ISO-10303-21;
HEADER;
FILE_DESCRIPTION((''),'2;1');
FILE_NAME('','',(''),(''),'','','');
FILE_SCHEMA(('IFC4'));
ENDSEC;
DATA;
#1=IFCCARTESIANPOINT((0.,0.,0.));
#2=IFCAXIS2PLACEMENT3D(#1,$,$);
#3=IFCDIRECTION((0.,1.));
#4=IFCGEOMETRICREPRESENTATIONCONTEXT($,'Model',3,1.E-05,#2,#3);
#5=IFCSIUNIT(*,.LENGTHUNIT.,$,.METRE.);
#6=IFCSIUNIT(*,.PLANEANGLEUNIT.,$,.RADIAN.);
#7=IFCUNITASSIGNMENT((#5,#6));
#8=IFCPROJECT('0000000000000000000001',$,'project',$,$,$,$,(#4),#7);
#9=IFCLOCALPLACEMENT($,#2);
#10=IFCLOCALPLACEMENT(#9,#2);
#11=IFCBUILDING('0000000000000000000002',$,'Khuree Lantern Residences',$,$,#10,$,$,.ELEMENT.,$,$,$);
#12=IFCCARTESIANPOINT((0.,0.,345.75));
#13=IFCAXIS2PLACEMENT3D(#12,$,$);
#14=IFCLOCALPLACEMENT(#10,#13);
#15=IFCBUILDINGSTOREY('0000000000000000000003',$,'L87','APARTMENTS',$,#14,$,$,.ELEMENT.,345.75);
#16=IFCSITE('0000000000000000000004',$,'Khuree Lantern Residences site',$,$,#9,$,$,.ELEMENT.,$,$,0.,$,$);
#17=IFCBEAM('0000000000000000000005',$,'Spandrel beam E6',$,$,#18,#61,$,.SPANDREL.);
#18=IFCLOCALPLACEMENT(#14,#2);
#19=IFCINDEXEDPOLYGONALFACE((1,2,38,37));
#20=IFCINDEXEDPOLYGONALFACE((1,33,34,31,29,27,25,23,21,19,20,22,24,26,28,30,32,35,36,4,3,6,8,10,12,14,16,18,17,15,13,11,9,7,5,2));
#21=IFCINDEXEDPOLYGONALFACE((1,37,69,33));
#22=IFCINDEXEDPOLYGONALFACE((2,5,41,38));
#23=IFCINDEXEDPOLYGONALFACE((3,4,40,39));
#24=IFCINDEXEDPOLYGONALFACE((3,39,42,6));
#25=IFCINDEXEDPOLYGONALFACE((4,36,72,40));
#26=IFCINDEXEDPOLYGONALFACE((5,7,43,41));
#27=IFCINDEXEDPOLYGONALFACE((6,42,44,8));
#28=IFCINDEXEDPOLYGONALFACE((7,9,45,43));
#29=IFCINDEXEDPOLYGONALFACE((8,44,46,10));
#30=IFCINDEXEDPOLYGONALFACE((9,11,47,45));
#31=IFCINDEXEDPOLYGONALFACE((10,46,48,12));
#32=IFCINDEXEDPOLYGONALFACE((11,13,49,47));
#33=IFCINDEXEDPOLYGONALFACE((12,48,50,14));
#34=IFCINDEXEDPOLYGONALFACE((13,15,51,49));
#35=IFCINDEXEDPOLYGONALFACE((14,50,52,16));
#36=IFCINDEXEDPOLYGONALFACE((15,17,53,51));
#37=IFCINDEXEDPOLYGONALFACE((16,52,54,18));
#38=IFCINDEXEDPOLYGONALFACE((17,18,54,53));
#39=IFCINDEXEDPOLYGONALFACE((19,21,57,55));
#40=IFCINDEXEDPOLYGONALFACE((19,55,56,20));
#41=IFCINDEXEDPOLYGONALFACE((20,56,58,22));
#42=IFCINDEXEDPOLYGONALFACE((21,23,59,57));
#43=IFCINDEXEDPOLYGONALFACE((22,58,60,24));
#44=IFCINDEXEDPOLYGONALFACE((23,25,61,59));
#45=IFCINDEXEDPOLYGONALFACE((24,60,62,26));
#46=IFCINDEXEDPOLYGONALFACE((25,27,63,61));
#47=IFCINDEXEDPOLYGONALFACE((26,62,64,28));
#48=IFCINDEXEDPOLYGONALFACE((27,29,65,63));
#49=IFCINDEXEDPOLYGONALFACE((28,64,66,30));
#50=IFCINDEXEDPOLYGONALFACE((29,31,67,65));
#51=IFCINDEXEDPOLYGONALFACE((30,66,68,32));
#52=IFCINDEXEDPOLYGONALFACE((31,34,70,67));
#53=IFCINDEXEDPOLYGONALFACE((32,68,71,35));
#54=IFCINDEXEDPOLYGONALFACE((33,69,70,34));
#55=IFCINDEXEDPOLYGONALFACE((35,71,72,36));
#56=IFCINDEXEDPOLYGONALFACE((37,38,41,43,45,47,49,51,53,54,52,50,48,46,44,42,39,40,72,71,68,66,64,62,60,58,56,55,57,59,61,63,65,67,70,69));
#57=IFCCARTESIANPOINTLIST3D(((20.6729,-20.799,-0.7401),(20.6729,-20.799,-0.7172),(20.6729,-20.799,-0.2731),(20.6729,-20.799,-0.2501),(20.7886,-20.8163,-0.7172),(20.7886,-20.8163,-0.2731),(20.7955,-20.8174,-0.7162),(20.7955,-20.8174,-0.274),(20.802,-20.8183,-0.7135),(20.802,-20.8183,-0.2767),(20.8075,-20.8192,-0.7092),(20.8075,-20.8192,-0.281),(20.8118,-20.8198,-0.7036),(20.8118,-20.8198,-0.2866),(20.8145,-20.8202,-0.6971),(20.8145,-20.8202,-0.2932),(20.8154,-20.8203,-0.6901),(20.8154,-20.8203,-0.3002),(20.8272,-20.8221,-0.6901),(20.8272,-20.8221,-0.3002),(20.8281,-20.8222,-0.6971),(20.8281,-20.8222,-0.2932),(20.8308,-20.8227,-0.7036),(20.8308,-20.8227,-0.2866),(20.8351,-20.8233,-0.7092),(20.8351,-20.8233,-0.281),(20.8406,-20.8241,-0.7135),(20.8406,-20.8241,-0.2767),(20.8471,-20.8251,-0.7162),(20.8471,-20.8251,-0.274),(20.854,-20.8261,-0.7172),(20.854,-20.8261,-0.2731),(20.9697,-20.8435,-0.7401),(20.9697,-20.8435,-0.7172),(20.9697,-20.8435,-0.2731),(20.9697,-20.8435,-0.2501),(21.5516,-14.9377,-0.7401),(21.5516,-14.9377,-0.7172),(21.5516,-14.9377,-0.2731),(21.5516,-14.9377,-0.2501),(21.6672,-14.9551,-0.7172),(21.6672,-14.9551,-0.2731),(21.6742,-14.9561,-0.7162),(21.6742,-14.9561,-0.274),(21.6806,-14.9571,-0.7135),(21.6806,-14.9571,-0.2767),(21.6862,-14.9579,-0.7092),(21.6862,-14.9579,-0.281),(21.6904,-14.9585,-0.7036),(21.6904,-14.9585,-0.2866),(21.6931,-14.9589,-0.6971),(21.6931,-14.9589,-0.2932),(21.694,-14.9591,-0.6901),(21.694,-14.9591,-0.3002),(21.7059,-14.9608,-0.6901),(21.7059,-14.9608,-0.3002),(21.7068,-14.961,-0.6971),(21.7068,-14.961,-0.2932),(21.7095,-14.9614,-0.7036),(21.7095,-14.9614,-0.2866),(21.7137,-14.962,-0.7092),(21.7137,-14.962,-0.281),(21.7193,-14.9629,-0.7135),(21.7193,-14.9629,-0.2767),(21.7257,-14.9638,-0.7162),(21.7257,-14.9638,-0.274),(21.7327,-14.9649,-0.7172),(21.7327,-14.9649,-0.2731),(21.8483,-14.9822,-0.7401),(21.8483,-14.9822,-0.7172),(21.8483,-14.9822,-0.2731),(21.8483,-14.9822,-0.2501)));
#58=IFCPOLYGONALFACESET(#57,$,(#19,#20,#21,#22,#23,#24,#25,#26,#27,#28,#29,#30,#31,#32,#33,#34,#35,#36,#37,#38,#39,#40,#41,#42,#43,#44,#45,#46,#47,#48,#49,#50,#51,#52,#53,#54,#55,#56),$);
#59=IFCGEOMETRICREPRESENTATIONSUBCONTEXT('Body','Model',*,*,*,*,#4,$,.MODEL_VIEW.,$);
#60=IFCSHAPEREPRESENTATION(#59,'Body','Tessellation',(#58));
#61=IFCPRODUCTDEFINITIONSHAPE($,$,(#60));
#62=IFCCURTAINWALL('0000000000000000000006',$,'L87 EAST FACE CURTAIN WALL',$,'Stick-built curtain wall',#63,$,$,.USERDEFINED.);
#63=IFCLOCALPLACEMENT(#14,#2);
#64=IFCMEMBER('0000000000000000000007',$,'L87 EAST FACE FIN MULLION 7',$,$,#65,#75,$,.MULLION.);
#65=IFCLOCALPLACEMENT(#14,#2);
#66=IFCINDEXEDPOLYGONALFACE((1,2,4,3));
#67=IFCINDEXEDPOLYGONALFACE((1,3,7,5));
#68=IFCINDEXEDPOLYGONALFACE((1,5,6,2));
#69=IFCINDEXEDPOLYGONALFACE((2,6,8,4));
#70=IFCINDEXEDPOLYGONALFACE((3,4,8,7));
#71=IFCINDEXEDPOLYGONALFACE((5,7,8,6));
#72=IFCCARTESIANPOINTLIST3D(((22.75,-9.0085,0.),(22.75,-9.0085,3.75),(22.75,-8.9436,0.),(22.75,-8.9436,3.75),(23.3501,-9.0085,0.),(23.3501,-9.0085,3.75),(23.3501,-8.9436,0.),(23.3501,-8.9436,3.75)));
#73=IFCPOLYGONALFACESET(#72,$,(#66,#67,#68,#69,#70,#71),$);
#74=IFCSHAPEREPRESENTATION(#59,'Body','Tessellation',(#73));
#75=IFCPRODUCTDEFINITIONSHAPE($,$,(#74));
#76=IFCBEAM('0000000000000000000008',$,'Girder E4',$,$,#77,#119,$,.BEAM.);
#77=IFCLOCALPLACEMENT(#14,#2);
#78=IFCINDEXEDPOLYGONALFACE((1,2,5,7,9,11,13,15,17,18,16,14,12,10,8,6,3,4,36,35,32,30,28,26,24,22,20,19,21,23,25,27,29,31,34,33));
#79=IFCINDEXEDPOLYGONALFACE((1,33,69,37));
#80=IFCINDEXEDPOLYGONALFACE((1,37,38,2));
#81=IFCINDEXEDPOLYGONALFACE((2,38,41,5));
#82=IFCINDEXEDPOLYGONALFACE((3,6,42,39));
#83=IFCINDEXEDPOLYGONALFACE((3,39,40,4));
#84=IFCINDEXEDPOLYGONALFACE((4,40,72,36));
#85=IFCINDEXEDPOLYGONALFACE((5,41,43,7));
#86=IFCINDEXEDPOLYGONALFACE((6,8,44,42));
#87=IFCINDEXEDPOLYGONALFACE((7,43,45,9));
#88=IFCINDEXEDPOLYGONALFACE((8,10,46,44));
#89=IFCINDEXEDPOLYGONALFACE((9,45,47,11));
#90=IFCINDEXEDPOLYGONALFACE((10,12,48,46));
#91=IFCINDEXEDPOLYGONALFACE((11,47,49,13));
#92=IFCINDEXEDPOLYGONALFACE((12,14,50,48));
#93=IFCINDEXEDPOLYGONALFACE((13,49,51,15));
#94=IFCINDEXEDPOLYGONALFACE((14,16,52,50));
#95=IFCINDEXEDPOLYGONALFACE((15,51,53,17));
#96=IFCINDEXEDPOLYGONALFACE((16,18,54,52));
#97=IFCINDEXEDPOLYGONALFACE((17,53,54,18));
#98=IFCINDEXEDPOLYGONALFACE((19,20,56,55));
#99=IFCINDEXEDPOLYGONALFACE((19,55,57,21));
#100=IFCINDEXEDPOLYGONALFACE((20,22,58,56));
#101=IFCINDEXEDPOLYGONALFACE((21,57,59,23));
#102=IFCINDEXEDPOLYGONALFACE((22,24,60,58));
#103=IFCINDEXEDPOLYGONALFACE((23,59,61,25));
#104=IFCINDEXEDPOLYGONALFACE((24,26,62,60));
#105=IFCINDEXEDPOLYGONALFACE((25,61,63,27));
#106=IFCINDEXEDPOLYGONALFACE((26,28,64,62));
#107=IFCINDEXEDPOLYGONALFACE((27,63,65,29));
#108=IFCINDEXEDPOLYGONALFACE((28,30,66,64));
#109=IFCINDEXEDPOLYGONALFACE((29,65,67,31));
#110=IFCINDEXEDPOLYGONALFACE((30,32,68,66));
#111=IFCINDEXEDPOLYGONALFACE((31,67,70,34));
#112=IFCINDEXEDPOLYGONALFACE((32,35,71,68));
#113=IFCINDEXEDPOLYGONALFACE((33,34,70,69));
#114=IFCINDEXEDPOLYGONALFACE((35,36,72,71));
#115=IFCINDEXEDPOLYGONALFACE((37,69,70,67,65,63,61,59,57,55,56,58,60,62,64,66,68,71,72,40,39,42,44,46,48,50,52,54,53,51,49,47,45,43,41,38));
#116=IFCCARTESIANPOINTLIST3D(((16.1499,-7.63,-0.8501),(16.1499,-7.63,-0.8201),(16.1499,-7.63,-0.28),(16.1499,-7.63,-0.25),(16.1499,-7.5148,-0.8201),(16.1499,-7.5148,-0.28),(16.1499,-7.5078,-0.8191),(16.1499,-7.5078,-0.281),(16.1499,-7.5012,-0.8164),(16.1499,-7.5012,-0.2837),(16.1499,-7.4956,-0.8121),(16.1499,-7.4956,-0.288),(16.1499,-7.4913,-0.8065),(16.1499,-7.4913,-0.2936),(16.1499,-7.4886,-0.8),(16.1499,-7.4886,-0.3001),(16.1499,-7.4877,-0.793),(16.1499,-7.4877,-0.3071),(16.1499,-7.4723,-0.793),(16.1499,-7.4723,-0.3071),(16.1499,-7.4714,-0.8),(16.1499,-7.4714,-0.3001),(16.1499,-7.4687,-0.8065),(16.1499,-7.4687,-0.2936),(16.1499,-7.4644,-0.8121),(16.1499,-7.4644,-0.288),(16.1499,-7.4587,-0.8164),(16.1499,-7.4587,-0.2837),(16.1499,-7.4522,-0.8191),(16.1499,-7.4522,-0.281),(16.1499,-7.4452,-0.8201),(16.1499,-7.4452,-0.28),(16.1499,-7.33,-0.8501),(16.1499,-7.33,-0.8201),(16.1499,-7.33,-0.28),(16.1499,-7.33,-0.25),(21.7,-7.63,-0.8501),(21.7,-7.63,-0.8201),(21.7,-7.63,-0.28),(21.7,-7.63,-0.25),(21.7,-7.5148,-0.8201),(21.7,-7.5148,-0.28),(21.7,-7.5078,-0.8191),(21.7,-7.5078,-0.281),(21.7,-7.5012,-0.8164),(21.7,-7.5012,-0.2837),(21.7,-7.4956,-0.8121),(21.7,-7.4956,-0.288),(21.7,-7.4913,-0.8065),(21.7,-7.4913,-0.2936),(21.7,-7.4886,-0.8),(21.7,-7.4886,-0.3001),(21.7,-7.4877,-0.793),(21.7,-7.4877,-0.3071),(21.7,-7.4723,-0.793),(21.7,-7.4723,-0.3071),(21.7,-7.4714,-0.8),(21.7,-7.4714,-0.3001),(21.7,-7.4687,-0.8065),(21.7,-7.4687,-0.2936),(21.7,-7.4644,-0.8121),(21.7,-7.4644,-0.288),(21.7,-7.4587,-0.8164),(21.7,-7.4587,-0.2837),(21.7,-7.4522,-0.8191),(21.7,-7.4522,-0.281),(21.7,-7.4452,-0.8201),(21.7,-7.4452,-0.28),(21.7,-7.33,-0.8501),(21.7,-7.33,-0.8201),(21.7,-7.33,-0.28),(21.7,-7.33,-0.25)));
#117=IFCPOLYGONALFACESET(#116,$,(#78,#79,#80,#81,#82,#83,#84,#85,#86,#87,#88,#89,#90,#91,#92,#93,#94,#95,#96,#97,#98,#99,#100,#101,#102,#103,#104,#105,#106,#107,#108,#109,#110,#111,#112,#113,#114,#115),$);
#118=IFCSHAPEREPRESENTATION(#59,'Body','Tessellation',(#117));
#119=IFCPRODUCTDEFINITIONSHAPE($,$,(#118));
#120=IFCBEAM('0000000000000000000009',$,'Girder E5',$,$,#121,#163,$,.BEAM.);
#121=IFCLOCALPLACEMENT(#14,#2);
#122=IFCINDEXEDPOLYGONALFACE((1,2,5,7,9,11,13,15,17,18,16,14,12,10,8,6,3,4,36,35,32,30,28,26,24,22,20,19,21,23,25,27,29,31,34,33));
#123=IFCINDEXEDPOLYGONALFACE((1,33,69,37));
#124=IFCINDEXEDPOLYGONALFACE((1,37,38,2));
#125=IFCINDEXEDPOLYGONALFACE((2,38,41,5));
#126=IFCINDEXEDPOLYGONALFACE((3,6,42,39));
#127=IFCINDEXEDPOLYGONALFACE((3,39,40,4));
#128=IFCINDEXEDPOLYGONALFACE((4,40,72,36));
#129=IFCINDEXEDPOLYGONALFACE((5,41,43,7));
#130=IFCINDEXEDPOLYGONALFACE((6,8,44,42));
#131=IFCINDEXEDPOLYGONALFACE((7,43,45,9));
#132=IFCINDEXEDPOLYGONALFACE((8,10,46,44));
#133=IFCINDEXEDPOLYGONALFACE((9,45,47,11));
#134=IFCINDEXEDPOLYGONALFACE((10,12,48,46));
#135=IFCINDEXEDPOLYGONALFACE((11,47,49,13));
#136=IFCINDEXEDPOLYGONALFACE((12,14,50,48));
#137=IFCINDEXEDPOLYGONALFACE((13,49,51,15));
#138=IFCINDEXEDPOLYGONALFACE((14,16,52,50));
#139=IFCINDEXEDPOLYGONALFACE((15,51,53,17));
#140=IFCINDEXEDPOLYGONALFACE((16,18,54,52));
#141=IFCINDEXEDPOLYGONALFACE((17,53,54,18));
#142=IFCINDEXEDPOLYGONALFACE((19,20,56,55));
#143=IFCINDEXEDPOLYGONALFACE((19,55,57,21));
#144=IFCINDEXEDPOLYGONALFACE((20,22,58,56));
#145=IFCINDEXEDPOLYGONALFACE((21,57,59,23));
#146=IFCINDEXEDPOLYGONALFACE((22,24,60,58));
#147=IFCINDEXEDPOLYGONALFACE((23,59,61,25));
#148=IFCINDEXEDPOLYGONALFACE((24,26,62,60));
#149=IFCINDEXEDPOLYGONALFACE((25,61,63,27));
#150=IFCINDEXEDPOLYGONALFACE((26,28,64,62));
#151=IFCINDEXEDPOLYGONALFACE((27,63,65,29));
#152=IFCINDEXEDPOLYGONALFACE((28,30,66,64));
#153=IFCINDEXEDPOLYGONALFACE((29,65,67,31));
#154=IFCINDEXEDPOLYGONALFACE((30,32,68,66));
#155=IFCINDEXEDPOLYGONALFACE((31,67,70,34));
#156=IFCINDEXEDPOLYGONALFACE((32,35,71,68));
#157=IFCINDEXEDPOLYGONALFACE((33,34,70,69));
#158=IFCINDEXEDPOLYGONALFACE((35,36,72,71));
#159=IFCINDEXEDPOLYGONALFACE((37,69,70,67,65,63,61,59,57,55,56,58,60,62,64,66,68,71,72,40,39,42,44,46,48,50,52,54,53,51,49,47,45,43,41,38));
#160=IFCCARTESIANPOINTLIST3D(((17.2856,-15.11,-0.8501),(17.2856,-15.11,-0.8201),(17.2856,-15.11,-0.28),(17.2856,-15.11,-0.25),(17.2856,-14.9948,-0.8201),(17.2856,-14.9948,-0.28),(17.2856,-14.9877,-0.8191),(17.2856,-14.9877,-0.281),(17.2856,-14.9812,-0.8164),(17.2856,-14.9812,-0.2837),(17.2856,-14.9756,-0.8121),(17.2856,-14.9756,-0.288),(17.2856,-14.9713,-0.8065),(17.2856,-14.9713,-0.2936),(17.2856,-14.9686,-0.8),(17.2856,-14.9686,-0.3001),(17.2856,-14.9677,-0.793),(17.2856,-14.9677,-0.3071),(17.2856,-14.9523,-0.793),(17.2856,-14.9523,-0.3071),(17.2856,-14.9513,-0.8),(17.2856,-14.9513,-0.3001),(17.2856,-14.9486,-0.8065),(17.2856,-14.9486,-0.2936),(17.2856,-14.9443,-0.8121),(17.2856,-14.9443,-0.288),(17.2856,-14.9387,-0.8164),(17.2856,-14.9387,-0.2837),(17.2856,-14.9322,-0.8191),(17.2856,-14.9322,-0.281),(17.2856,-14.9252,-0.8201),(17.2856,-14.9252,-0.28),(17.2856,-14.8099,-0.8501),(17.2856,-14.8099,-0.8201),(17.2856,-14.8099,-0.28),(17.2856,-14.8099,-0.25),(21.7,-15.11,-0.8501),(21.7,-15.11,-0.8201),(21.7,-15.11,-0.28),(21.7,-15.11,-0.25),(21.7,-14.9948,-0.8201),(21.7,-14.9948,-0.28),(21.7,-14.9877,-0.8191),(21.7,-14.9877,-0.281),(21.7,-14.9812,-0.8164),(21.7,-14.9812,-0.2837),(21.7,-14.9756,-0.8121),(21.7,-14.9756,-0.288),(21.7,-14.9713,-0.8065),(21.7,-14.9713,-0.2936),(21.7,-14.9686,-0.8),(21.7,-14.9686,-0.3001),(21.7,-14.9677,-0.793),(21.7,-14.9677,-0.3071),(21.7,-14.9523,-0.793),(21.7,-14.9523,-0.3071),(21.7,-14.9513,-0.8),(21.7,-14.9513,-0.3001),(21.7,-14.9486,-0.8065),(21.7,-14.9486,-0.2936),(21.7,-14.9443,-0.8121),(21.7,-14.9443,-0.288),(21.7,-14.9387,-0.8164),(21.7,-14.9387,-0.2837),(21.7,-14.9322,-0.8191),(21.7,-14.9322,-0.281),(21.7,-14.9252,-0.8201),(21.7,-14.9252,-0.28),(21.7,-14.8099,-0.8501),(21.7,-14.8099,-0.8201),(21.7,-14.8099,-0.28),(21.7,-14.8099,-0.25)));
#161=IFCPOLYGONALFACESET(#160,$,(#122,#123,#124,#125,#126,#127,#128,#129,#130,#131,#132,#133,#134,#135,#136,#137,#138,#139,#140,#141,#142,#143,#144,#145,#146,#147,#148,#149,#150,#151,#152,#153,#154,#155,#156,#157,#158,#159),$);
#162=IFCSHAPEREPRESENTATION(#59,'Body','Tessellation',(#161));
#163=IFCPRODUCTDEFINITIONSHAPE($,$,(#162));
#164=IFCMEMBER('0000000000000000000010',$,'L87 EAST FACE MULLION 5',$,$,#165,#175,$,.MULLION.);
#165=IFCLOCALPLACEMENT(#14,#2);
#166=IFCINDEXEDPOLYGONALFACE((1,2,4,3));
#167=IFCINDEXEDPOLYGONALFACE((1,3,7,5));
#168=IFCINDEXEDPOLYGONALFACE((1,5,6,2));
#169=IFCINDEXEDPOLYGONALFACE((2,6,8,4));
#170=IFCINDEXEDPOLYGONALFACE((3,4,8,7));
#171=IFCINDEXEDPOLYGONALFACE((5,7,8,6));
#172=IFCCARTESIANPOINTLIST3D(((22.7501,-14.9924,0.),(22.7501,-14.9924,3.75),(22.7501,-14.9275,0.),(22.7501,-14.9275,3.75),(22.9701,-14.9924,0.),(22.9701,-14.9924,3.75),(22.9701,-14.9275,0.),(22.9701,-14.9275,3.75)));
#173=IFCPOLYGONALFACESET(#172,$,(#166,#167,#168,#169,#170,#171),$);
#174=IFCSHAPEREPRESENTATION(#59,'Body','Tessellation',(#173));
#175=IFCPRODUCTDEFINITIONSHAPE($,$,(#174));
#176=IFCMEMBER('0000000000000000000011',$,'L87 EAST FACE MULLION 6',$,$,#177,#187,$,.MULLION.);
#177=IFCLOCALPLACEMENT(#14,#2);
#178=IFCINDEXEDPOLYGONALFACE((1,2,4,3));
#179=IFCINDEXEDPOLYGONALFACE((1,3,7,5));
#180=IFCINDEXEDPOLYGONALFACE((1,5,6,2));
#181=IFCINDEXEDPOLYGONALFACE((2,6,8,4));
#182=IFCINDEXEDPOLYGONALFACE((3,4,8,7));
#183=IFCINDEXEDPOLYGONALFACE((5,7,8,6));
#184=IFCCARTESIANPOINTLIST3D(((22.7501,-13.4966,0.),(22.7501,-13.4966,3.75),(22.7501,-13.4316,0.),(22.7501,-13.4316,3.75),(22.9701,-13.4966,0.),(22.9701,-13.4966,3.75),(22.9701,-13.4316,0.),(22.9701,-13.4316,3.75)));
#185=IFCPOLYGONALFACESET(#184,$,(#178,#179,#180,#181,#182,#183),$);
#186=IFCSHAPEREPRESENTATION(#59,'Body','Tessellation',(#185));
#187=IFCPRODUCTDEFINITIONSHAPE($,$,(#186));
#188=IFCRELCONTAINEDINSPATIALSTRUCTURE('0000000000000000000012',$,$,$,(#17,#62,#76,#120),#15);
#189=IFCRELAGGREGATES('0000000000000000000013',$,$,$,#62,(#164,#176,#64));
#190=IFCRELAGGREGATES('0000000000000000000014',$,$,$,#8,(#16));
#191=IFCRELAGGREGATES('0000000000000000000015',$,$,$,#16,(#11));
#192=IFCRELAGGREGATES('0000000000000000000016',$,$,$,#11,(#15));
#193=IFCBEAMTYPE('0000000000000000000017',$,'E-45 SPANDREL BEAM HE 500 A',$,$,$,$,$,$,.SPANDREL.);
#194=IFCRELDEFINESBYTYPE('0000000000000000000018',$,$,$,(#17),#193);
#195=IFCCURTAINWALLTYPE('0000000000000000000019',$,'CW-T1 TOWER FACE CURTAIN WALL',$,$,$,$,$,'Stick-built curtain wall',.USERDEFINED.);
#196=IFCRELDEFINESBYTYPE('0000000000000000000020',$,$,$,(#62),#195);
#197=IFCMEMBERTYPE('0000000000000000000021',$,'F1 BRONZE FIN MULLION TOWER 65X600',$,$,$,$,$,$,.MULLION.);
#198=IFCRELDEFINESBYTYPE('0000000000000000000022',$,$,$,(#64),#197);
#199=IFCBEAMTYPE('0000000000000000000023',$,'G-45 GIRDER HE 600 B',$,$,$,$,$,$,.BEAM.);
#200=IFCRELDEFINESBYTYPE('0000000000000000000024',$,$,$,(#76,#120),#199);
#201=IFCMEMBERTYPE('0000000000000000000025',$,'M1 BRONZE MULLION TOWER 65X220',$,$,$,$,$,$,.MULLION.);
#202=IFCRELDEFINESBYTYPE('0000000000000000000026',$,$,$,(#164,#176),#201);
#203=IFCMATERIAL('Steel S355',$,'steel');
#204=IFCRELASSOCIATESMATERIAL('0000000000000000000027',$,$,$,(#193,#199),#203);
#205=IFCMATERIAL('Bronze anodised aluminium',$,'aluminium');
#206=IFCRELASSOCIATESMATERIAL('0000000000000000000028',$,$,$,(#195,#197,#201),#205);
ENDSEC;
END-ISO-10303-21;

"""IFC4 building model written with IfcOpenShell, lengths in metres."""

from ifc_helpers import new_model, si_unit, direction, frame, origin, origin_2d, place, context, subcontext, project, spatial, rectangle, i_section, extrude, material, material_profile, profile_set, type_object, element, aggregate, save


model = new_model("IFC4")

# Units and contexts
model_context = context("Model", 3, precision=1e-05, world=origin(), true_north=direction((0.0, 1.0)))
body_context = subcontext(model_context, "Body", "Model", "MODEL_VIEW")
ifc_project = project(units=[si_unit("LENGTHUNIT", "METRE"), si_unit("PLANEANGLEUNIT", "RADIAN")], contexts=[model_context])

# Site, building, storey
site_placement = place(None, origin())
site = spatial("IfcSite", under=ifc_project, at=site_placement, Name="Khuree Lantern Residences site", CompositionType="ELEMENT", RefElevation=0.0)
building_placement = place(site_placement, origin())
building = spatial("IfcBuilding", under=site, at=building_placement, Name="Khuree Lantern Residences", CompositionType="ELEMENT")
storey_placement = place(building_placement, frame((0.0, 0.0, 345.75)))
storey = spatial("IfcBuildingStorey", under=building, at=storey_placement, Name="L87", Description="APARTMENTS", CompositionType="ELEMENT", Elevation=345.75)

# Beam
ifc_material_1 = material(Name="Steel S355", Category="steel")
ifc_material_profile_1 = material_profile(ifc_material_1, i_section(OverallWidth=0.3, OverallDepth=0.49, WebThickness=0.012, FlangeThickness=0.0229, FilletRadius=0.0271, at=origin_2d()), Name="HE 500 A")
ifc_profile_set_1 = profile_set([ifc_material_profile_1], Name="Steel S355")
beam_type_1 = type_object("IfcBeamType", Name="E-45 SPANDREL BEAM HE 500 A", PredefinedType="SPANDREL", material=ifc_profile_set_1)
beam_1_placement = place(storey_placement, frame((21.7, -14.96, -0.4951), z_axis=(-0.148252, -0.98895, 0.0), x_axis=(0.98895, -0.148252, 0.0)))
element("IfcBeam", 1, at=beam_1_placement, inside=storey, type_object=beam_type_1, Name="Spandrel beam E6", PredefinedType="SPANDREL", context=body_context, shape_type="SweptSolid", body=[
    extrude(i_section(OverallWidth=0.3, OverallDepth=0.49, WebThickness=0.012, FlangeThickness=0.0229, FilletRadius=0.0271, at=origin_2d()), origin(), (0.0, 0.0, 1.0), 5.9268),
])

# Curtain wall, member
ifc_material_2 = material(Name="Bronze anodised aluminium", Category="aluminium")
curtain_wall_type = type_object("IfcCurtainWallType", Name="CW-T1 TOWER FACE CURTAIN WALL", ElementType="Stick-built curtain wall", PredefinedType="USERDEFINED", material=ifc_material_2)
curtain_wall_placement = place(storey_placement, origin())
curtain_wall = element("IfcCurtainWall", 2, at=curtain_wall_placement, inside=storey, type_object=curtain_wall_type, Name="L87 EAST FACE CURTAIN WALL", ObjectType="Stick-built curtain wall", PredefinedType="USERDEFINED")
ifc_material_profile_2 = material_profile(ifc_material_2, rectangle(XDim=0.0649, YDim=0.6001, at=origin_2d()), Name="F1 65X600")
ifc_profile_set_2 = profile_set([ifc_material_profile_2], Name="Bronze anodised aluminium")
member_type_1 = type_object("IfcMemberType", Name="F1 BRONZE FIN MULLION TOWER 65X600", PredefinedType="MULLION", material=ifc_profile_set_2)
member_1_placement = place(storey_placement, frame((23.05, -8.9761, 0.0), z_axis=(0.0, 0.0, 1.0), x_axis=(0.0, 1.0, 0.0)))
member_1 = element("IfcMember", 3, at=member_1_placement, type_object=member_type_1, Name="L87 EAST FACE FIN MULLION 7", PredefinedType="MULLION", context=body_context, shape_type="SweptSolid", body=[
    extrude(rectangle(XDim=0.0649, YDim=0.6001, at=origin_2d()), origin(), (0.0, 0.0, 1.0), 3.75),
])

# Beams
ifc_material_profile_3 = material_profile(ifc_material_1, i_section(OverallWidth=0.3, OverallDepth=0.6001, WebThickness=0.0154, FlangeThickness=0.03, FilletRadius=0.0271, at=origin_2d()), Name="HE 600 B")
ifc_profile_set_3 = profile_set([ifc_material_profile_3], Name="Steel S355")
beam_type_2 = type_object("IfcBeamType", Name="G-45 GIRDER HE 600 B", PredefinedType="BEAM", material=ifc_profile_set_3)
beam_2_placement = place(storey_placement, frame((21.7, -7.48, -0.55), z_axis=(-1.0, 0.0, 0.0), x_axis=(0.0, -1.0, 0.0)))
element("IfcBeam", 4, at=beam_2_placement, inside=storey, type_object=beam_type_2, Name="Girder E4", PredefinedType="BEAM", context=body_context, shape_type="SweptSolid", body=[
    extrude(i_section(OverallWidth=0.3, OverallDepth=0.6001, WebThickness=0.0154, FlangeThickness=0.03, FilletRadius=0.0271, at=origin_2d()), origin(), (0.0, 0.0, 1.0), 5.55),
])
beam_3_placement = place(storey_placement, frame((21.7, -14.96, -0.55), z_axis=(-1.0, 0.0, 0.0), x_axis=(0.0, -1.0, 0.0)))
element("IfcBeam", 5, at=beam_3_placement, inside=storey, type_object=beam_type_2, Name="Girder E5", PredefinedType="BEAM", context=body_context, shape_type="SweptSolid", body=[
    extrude(i_section(OverallWidth=0.3, OverallDepth=0.6001, WebThickness=0.0154, FlangeThickness=0.03, FilletRadius=0.0271, at=origin_2d()), origin(), (0.0, 0.0, 1.0), 4.4143),
])

# Members
ifc_material_profile_4 = material_profile(ifc_material_2, rectangle(XDim=0.0649, YDim=0.22, at=origin_2d()), Name="M1 65X220")
ifc_profile_set_4 = profile_set([ifc_material_profile_4], Name="Bronze anodised aluminium")
member_type_2 = type_object("IfcMemberType", Name="M1 BRONZE MULLION TOWER 65X220", PredefinedType="MULLION", material=ifc_profile_set_4)
member_2_placement = place(storey_placement, frame((22.8601, -14.96, 0.0), z_axis=(0.0, 0.0, 1.0), x_axis=(0.0, 1.0, 0.0)))
member_2 = element("IfcMember", 6, at=member_2_placement, type_object=member_type_2, Name="L87 EAST FACE MULLION 5", PredefinedType="MULLION", context=body_context, shape_type="SweptSolid", body=[
    extrude(rectangle(XDim=0.0649, YDim=0.22, at=origin_2d()), origin(), (0.0, 0.0, 1.0), 3.75),
])
member_3_placement = place(storey_placement, frame((22.8601, -13.4641, 0.0), z_axis=(0.0, 0.0, 1.0), x_axis=(0.0, 1.0, 0.0)))
member_3 = element("IfcMember", 7, at=member_3_placement, type_object=member_type_2, Name="L87 EAST FACE MULLION 6", PredefinedType="MULLION", context=body_context, shape_type="SweptSolid", body=[
    extrude(rectangle(XDim=0.0649, YDim=0.22, at=origin_2d()), origin(), (0.0, 0.0, 1.0), 3.75),
])

aggregate(curtain_wall, [member_2, member_3, member_1])

save(model, "model.ifc")
